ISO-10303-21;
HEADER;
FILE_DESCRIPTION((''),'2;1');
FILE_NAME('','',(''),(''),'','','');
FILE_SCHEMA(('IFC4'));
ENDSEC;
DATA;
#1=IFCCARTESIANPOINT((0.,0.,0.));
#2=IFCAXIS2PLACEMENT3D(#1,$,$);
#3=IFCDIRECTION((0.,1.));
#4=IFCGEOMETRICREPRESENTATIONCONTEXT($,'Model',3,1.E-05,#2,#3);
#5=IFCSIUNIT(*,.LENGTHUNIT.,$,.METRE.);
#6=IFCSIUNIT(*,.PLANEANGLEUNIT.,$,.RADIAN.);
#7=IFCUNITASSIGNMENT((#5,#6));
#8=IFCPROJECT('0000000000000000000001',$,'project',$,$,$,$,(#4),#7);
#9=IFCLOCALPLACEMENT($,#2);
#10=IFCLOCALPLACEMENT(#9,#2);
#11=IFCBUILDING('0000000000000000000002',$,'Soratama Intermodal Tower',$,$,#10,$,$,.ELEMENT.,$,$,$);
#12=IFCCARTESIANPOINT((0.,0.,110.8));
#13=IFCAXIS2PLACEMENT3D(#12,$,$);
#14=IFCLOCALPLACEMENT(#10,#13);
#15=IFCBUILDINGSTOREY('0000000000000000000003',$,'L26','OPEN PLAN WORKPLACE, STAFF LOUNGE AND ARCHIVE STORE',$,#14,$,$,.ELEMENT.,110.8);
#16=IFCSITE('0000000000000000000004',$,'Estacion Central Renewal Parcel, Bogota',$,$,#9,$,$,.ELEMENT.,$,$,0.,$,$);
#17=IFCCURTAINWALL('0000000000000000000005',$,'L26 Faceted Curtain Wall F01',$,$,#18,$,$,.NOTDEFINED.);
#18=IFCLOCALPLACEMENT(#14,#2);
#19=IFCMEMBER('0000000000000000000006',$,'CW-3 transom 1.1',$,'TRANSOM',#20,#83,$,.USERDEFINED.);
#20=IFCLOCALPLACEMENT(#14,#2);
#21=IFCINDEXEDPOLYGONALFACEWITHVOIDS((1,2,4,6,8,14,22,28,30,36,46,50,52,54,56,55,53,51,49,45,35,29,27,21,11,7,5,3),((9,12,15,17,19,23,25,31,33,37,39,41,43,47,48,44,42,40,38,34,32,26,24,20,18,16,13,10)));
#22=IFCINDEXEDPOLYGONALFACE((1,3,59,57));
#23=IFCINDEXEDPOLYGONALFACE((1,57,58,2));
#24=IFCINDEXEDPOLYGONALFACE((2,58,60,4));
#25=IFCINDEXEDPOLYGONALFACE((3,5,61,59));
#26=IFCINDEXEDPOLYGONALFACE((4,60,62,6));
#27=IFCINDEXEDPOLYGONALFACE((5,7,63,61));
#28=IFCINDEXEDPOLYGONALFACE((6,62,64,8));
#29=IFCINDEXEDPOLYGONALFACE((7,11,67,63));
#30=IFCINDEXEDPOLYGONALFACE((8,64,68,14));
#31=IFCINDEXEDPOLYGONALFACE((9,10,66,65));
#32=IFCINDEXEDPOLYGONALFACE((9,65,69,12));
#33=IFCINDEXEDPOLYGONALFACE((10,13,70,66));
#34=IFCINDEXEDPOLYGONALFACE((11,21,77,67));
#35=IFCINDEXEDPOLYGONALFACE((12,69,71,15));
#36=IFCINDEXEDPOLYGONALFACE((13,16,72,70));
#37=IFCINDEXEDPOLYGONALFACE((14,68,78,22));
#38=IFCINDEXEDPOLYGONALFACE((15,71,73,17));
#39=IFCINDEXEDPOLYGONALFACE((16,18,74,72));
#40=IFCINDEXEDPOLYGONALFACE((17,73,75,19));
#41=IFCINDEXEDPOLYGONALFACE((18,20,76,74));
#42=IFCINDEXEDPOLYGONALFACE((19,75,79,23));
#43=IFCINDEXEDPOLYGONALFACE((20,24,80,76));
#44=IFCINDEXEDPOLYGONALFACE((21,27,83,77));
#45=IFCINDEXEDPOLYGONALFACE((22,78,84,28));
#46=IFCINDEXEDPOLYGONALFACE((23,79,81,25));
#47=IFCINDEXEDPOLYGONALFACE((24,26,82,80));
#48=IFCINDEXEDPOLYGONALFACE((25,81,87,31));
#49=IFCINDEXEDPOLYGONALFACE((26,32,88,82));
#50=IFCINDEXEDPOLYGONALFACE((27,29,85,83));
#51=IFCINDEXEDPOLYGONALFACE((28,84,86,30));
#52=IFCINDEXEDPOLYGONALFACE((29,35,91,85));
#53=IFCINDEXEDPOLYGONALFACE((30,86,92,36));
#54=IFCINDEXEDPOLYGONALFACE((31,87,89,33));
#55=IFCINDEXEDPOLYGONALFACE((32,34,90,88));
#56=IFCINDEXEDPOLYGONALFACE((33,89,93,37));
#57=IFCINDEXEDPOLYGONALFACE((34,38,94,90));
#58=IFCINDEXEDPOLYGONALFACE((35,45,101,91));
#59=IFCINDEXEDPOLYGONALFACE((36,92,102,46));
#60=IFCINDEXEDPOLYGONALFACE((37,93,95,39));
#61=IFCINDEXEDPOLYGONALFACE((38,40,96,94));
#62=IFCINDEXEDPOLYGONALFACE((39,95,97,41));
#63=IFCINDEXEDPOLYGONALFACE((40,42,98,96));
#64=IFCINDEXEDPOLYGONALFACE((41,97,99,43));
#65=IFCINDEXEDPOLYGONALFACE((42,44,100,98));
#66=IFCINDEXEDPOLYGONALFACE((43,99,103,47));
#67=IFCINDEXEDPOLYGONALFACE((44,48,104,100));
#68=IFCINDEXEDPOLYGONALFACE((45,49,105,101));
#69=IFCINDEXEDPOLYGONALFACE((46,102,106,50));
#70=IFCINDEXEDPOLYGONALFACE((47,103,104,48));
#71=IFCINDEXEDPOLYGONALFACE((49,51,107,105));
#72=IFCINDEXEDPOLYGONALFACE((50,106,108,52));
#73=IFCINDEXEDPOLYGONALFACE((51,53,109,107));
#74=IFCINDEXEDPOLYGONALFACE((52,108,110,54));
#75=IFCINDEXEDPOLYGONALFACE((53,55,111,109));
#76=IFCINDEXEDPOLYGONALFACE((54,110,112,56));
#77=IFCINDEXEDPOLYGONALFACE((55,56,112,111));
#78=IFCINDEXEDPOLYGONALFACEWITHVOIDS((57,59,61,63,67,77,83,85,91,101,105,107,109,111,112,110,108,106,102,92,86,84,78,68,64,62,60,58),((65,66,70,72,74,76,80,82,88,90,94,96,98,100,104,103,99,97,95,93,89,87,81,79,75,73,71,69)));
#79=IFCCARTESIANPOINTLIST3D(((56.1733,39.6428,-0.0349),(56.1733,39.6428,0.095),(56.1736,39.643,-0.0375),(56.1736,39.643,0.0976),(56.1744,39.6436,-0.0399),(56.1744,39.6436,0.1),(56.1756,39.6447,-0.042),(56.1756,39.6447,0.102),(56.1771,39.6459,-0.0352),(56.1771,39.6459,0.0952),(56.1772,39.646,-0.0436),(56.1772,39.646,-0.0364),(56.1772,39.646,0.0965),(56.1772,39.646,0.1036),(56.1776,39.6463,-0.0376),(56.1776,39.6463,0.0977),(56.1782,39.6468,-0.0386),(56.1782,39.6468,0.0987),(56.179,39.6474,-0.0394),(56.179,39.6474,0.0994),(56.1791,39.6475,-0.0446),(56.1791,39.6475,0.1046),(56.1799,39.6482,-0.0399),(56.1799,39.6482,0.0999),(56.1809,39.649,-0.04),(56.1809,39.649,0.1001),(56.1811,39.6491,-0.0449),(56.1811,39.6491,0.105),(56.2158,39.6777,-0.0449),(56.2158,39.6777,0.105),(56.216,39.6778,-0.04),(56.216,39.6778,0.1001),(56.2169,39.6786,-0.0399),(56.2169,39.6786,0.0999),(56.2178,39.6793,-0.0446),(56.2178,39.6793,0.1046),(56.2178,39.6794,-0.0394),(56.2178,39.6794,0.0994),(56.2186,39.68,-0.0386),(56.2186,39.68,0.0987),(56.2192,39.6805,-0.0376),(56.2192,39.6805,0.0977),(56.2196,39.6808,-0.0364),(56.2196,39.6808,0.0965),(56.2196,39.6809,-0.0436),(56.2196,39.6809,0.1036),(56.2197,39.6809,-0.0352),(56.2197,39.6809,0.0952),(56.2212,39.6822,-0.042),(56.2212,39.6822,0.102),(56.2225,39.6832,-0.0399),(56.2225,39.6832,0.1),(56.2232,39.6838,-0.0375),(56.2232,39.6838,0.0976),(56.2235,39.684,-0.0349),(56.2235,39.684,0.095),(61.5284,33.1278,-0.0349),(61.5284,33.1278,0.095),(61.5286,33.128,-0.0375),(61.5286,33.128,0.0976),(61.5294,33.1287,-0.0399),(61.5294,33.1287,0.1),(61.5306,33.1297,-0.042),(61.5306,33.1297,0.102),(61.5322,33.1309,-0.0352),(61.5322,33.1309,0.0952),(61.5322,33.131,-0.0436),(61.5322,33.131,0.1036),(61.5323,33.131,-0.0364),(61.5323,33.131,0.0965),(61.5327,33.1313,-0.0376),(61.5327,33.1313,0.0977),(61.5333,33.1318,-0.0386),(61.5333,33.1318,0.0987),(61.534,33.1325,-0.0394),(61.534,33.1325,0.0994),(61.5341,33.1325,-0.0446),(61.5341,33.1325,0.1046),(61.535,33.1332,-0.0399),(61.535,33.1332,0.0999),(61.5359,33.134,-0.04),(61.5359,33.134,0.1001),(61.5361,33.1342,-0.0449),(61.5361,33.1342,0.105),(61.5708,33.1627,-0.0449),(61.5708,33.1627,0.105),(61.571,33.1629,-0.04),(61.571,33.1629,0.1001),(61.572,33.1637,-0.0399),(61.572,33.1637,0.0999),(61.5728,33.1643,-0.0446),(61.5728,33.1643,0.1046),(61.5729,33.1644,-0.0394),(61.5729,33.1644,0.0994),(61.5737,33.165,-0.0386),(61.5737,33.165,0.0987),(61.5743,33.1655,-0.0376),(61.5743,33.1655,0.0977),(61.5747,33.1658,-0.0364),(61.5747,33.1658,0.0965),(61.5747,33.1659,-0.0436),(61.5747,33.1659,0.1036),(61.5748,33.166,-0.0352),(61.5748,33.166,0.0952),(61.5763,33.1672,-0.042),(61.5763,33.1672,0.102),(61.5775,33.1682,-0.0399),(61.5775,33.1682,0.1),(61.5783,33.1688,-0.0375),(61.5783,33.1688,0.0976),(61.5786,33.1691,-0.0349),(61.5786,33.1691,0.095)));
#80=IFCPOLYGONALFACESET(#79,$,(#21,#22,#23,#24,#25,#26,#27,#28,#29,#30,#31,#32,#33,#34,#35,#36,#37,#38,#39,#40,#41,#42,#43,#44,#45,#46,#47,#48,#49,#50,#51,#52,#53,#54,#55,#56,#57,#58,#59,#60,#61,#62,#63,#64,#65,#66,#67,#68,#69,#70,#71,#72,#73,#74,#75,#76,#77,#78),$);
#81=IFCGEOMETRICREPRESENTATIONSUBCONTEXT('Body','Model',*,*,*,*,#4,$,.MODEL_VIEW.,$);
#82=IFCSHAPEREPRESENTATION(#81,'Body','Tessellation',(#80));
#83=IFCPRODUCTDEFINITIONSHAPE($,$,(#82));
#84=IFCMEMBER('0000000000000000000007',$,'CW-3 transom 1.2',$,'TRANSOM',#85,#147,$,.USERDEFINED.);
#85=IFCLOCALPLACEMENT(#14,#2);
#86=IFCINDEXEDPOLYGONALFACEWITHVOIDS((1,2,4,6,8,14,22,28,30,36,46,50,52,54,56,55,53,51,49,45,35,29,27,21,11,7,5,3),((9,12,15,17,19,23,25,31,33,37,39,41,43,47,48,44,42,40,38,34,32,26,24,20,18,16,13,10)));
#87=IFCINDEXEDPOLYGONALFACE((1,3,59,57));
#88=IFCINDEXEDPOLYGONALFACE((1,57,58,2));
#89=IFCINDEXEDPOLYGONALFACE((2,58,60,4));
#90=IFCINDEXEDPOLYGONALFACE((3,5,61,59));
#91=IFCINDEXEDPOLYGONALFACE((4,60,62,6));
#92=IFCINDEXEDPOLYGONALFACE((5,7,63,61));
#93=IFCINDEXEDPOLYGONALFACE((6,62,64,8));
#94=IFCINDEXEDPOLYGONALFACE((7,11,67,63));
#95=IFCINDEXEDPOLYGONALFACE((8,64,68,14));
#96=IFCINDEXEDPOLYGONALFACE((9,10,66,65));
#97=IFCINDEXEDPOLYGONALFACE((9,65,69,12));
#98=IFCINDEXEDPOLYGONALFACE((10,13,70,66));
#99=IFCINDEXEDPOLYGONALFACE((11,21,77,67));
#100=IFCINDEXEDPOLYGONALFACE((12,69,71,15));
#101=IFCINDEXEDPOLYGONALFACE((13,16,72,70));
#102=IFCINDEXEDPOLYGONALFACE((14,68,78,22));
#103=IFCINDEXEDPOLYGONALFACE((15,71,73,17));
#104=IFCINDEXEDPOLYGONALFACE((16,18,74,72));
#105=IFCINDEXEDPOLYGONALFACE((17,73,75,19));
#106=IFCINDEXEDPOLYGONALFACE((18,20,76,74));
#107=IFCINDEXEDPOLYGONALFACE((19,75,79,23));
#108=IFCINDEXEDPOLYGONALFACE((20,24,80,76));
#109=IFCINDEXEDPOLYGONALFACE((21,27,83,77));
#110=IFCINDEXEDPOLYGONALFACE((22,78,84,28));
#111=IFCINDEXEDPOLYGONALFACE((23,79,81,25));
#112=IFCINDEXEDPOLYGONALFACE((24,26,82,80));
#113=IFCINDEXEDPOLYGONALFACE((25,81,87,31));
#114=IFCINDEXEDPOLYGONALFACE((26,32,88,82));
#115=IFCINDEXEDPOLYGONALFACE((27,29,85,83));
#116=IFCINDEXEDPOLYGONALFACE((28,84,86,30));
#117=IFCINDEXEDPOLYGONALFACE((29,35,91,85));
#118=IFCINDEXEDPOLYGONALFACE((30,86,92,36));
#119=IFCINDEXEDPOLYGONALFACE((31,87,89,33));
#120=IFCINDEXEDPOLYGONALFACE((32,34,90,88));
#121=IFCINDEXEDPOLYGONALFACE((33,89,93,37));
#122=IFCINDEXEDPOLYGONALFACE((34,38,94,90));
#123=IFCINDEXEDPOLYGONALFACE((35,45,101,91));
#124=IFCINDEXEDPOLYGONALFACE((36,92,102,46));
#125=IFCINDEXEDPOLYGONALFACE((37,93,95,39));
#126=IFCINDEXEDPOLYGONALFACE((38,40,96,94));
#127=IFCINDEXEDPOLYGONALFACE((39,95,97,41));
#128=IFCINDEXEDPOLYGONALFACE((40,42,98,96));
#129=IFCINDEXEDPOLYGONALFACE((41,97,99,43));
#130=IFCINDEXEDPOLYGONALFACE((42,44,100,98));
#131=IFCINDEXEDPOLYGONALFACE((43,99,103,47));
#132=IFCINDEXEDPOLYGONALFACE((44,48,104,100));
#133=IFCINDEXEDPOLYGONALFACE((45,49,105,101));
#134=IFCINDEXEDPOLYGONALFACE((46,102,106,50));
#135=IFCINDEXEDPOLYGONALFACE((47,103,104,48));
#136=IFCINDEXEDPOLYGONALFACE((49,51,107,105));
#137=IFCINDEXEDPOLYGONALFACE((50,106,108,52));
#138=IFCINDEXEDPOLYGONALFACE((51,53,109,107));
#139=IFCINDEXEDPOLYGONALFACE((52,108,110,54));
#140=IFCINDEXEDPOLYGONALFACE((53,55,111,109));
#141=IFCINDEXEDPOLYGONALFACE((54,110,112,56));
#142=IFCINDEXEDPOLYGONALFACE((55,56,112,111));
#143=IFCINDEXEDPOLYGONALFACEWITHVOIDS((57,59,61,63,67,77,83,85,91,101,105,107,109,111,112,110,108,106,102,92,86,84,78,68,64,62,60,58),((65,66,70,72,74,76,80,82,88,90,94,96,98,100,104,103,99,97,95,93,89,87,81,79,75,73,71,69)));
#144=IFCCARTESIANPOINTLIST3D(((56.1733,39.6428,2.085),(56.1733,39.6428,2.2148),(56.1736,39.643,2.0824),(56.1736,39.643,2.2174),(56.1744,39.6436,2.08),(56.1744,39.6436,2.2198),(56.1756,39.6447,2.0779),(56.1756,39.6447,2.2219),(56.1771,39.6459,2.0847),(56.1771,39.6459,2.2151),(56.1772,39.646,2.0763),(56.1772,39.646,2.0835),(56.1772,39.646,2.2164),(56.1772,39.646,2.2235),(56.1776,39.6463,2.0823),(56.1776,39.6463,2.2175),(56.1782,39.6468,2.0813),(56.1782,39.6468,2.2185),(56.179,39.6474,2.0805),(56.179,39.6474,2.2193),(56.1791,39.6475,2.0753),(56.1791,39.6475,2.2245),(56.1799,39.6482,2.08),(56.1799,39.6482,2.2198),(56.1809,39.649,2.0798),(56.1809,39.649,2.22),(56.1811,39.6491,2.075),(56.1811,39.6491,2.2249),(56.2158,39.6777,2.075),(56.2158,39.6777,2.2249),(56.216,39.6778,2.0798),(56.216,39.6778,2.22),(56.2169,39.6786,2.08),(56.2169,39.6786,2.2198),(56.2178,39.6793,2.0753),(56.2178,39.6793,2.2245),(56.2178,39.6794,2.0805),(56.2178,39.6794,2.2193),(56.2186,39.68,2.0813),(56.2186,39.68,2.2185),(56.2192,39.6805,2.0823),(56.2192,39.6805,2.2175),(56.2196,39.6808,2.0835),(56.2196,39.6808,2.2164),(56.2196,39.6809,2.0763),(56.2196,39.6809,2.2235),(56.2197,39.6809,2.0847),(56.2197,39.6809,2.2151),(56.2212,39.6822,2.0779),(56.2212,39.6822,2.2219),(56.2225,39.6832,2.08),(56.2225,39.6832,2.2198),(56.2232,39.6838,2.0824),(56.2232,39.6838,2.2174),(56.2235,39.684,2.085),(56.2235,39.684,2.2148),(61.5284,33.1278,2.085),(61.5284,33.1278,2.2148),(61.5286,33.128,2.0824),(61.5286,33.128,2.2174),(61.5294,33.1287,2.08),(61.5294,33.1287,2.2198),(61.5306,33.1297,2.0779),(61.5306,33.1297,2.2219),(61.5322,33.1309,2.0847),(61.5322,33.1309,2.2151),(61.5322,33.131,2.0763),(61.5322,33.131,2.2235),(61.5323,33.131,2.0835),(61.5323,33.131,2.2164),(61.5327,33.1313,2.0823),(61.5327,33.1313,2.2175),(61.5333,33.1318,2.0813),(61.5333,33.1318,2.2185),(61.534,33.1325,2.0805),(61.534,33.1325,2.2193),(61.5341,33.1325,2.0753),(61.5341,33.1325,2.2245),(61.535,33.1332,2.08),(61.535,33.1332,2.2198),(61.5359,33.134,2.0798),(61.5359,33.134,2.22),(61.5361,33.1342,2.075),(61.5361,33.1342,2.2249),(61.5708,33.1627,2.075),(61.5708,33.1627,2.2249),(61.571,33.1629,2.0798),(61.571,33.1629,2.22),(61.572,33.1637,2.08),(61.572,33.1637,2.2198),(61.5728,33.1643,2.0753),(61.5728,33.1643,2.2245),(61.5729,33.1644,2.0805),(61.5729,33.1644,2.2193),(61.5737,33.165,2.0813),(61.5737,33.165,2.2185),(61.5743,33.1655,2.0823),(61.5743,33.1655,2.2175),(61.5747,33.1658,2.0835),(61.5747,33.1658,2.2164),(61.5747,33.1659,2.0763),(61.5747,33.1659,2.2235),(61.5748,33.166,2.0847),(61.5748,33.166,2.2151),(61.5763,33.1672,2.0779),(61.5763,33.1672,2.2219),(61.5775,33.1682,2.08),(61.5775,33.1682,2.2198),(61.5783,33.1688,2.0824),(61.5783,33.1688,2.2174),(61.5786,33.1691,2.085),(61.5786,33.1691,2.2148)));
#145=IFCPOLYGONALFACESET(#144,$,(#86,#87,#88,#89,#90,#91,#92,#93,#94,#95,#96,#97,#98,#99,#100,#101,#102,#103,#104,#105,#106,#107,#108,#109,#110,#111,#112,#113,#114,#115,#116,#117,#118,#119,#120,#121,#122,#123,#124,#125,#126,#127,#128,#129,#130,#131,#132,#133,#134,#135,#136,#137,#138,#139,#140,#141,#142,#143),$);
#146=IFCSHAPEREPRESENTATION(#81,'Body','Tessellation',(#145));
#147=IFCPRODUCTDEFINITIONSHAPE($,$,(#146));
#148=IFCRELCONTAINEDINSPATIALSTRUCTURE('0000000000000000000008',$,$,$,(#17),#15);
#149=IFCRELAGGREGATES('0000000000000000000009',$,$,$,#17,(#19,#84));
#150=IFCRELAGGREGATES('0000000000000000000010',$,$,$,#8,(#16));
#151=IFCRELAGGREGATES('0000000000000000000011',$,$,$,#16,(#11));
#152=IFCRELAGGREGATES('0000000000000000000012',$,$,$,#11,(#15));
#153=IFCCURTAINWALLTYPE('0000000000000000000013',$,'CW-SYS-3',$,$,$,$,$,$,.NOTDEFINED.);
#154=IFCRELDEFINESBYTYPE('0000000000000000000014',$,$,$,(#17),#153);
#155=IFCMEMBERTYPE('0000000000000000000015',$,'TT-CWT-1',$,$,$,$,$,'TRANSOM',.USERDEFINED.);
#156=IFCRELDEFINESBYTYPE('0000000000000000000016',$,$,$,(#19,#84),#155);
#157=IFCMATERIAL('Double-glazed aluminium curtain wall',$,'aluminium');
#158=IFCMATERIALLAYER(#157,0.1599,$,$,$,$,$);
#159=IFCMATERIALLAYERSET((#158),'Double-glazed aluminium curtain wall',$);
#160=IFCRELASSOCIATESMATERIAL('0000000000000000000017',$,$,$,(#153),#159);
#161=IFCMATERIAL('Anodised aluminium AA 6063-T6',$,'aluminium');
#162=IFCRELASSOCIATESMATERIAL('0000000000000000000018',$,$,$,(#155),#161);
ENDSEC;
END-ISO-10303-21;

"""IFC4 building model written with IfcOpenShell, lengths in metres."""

from ifc_helpers import new_model, si_unit, direction, frame, origin, origin_2d, place, context, subcontext, project, spatial, hollow_rectangle, extrude, material, layer, layer_set, material_profile, profile_set, type_object, element, aggregate, save


model = new_model("IFC4")

# Units and contexts
model_context = context("Model", 3, precision=1e-05, world=origin(), true_north=direction((0.0, 1.0)))
body_context = subcontext(model_context, "Body", "Model", "MODEL_VIEW")
ifc_project = project(units=[si_unit("LENGTHUNIT", "METRE"), si_unit("PLANEANGLEUNIT", "RADIAN")], contexts=[model_context])

# Site, building, storey
site_placement = place(None, origin())
site = spatial("IfcSite", under=ifc_project, at=site_placement, Name="Estacion Central Renewal Parcel, Bogota", CompositionType="ELEMENT", RefElevation=0.0)
building_placement = place(site_placement, origin())
building = spatial("IfcBuilding", under=site, at=building_placement, Name="Soratama Intermodal Tower", CompositionType="ELEMENT")
storey_placement = place(building_placement, frame((0.0, 0.0, 110.8)))
storey = spatial("IfcBuildingStorey", under=building, at=storey_placement, Name="L26", Description="OPEN PLAN WORKPLACE, STAFF LOUNGE AND ARCHIVE STORE", CompositionType="ELEMENT", Elevation=110.8)

# Curtain wall
ifc_material_1 = material(Name="Double-glazed aluminium curtain wall", Category="aluminium")
ifc_layer_1 = layer(ifc_material_1, 0.1599)
ifc_layer_set_1 = layer_set([ifc_layer_1], Name="Double-glazed aluminium curtain wall")
curtain_wall_type = type_object("IfcCurtainWallType", Name="CW-SYS-3", PredefinedType="NOTDEFINED", material=ifc_layer_set_1)
curtain_wall_1_placement = place(storey_placement, origin())
curtain_wall_1 = element("IfcCurtainWall", 1, at=curtain_wall_1_placement, inside=storey, type_object=curtain_wall_type, Name="L26 Faceted Curtain Wall F01", PredefinedType="NOTDEFINED")

# Members
ifc_material_2 = material(Name="Anodised aluminium AA 6063-T6", Category="aluminium")
ifc_material_profile_1 = material_profile(ifc_material_2, hollow_rectangle(XDim=0.0649, YDim=0.1499, WallThickness=0.0049, InnerFilletRadius=0.0049, OuterFilletRadius=0.01, at=origin_2d()), Name="CWT150X65X5")
ifc_profile_set_1 = profile_set([ifc_material_profile_1], Name="Anodised aluminium AA 6063-T6")
member_type_1 = type_object("IfcMemberType", Name="TT-CWT-1", ElementType="TRANSOM", PredefinedType="USERDEFINED", material=ifc_profile_set_1)
member_1_placement = place(storey_placement, frame((61.5535, 33.1484, 0.03), z_axis=(-0.634984, 0.772525, 0.0), x_axis=(-0.772525, -0.634984, 0.0)))
member_1 = element("IfcMember", 2, at=member_1_placement, type_object=member_type_1, Name="CW-3 transom 1.1", ObjectType="TRANSOM", PredefinedType="USERDEFINED", context=body_context, shape_type="SweptSolid", body=[
    extrude(hollow_rectangle(XDim=0.0649, YDim=0.1499, WallThickness=0.0049, InnerFilletRadius=0.0049, OuterFilletRadius=0.01, at=origin_2d()), origin(), (0.0, 0.0, 1.0), 8.4333),
])
member_2_placement = place(storey_placement, frame((61.5535, 33.1484, 2.1499), z_axis=(-0.634984, 0.772525, 0.0), x_axis=(-0.772525, -0.634984, 0.0)))
member_2 = element("IfcMember", 3, at=member_2_placement, type_object=member_type_1, Name="CW-3 transom 1.2", ObjectType="TRANSOM", PredefinedType="USERDEFINED", context=body_context, shape_type="SweptSolid", body=[
    extrude(hollow_rectangle(XDim=0.0649, YDim=0.1499, WallThickness=0.0049, InnerFilletRadius=0.0049, OuterFilletRadius=0.01, at=origin_2d()), origin(), (0.0, 0.0, 1.0), 8.4333),
])
aggregate(curtain_wall_1, [member_1, member_2])

save(model, "model.ifc")
